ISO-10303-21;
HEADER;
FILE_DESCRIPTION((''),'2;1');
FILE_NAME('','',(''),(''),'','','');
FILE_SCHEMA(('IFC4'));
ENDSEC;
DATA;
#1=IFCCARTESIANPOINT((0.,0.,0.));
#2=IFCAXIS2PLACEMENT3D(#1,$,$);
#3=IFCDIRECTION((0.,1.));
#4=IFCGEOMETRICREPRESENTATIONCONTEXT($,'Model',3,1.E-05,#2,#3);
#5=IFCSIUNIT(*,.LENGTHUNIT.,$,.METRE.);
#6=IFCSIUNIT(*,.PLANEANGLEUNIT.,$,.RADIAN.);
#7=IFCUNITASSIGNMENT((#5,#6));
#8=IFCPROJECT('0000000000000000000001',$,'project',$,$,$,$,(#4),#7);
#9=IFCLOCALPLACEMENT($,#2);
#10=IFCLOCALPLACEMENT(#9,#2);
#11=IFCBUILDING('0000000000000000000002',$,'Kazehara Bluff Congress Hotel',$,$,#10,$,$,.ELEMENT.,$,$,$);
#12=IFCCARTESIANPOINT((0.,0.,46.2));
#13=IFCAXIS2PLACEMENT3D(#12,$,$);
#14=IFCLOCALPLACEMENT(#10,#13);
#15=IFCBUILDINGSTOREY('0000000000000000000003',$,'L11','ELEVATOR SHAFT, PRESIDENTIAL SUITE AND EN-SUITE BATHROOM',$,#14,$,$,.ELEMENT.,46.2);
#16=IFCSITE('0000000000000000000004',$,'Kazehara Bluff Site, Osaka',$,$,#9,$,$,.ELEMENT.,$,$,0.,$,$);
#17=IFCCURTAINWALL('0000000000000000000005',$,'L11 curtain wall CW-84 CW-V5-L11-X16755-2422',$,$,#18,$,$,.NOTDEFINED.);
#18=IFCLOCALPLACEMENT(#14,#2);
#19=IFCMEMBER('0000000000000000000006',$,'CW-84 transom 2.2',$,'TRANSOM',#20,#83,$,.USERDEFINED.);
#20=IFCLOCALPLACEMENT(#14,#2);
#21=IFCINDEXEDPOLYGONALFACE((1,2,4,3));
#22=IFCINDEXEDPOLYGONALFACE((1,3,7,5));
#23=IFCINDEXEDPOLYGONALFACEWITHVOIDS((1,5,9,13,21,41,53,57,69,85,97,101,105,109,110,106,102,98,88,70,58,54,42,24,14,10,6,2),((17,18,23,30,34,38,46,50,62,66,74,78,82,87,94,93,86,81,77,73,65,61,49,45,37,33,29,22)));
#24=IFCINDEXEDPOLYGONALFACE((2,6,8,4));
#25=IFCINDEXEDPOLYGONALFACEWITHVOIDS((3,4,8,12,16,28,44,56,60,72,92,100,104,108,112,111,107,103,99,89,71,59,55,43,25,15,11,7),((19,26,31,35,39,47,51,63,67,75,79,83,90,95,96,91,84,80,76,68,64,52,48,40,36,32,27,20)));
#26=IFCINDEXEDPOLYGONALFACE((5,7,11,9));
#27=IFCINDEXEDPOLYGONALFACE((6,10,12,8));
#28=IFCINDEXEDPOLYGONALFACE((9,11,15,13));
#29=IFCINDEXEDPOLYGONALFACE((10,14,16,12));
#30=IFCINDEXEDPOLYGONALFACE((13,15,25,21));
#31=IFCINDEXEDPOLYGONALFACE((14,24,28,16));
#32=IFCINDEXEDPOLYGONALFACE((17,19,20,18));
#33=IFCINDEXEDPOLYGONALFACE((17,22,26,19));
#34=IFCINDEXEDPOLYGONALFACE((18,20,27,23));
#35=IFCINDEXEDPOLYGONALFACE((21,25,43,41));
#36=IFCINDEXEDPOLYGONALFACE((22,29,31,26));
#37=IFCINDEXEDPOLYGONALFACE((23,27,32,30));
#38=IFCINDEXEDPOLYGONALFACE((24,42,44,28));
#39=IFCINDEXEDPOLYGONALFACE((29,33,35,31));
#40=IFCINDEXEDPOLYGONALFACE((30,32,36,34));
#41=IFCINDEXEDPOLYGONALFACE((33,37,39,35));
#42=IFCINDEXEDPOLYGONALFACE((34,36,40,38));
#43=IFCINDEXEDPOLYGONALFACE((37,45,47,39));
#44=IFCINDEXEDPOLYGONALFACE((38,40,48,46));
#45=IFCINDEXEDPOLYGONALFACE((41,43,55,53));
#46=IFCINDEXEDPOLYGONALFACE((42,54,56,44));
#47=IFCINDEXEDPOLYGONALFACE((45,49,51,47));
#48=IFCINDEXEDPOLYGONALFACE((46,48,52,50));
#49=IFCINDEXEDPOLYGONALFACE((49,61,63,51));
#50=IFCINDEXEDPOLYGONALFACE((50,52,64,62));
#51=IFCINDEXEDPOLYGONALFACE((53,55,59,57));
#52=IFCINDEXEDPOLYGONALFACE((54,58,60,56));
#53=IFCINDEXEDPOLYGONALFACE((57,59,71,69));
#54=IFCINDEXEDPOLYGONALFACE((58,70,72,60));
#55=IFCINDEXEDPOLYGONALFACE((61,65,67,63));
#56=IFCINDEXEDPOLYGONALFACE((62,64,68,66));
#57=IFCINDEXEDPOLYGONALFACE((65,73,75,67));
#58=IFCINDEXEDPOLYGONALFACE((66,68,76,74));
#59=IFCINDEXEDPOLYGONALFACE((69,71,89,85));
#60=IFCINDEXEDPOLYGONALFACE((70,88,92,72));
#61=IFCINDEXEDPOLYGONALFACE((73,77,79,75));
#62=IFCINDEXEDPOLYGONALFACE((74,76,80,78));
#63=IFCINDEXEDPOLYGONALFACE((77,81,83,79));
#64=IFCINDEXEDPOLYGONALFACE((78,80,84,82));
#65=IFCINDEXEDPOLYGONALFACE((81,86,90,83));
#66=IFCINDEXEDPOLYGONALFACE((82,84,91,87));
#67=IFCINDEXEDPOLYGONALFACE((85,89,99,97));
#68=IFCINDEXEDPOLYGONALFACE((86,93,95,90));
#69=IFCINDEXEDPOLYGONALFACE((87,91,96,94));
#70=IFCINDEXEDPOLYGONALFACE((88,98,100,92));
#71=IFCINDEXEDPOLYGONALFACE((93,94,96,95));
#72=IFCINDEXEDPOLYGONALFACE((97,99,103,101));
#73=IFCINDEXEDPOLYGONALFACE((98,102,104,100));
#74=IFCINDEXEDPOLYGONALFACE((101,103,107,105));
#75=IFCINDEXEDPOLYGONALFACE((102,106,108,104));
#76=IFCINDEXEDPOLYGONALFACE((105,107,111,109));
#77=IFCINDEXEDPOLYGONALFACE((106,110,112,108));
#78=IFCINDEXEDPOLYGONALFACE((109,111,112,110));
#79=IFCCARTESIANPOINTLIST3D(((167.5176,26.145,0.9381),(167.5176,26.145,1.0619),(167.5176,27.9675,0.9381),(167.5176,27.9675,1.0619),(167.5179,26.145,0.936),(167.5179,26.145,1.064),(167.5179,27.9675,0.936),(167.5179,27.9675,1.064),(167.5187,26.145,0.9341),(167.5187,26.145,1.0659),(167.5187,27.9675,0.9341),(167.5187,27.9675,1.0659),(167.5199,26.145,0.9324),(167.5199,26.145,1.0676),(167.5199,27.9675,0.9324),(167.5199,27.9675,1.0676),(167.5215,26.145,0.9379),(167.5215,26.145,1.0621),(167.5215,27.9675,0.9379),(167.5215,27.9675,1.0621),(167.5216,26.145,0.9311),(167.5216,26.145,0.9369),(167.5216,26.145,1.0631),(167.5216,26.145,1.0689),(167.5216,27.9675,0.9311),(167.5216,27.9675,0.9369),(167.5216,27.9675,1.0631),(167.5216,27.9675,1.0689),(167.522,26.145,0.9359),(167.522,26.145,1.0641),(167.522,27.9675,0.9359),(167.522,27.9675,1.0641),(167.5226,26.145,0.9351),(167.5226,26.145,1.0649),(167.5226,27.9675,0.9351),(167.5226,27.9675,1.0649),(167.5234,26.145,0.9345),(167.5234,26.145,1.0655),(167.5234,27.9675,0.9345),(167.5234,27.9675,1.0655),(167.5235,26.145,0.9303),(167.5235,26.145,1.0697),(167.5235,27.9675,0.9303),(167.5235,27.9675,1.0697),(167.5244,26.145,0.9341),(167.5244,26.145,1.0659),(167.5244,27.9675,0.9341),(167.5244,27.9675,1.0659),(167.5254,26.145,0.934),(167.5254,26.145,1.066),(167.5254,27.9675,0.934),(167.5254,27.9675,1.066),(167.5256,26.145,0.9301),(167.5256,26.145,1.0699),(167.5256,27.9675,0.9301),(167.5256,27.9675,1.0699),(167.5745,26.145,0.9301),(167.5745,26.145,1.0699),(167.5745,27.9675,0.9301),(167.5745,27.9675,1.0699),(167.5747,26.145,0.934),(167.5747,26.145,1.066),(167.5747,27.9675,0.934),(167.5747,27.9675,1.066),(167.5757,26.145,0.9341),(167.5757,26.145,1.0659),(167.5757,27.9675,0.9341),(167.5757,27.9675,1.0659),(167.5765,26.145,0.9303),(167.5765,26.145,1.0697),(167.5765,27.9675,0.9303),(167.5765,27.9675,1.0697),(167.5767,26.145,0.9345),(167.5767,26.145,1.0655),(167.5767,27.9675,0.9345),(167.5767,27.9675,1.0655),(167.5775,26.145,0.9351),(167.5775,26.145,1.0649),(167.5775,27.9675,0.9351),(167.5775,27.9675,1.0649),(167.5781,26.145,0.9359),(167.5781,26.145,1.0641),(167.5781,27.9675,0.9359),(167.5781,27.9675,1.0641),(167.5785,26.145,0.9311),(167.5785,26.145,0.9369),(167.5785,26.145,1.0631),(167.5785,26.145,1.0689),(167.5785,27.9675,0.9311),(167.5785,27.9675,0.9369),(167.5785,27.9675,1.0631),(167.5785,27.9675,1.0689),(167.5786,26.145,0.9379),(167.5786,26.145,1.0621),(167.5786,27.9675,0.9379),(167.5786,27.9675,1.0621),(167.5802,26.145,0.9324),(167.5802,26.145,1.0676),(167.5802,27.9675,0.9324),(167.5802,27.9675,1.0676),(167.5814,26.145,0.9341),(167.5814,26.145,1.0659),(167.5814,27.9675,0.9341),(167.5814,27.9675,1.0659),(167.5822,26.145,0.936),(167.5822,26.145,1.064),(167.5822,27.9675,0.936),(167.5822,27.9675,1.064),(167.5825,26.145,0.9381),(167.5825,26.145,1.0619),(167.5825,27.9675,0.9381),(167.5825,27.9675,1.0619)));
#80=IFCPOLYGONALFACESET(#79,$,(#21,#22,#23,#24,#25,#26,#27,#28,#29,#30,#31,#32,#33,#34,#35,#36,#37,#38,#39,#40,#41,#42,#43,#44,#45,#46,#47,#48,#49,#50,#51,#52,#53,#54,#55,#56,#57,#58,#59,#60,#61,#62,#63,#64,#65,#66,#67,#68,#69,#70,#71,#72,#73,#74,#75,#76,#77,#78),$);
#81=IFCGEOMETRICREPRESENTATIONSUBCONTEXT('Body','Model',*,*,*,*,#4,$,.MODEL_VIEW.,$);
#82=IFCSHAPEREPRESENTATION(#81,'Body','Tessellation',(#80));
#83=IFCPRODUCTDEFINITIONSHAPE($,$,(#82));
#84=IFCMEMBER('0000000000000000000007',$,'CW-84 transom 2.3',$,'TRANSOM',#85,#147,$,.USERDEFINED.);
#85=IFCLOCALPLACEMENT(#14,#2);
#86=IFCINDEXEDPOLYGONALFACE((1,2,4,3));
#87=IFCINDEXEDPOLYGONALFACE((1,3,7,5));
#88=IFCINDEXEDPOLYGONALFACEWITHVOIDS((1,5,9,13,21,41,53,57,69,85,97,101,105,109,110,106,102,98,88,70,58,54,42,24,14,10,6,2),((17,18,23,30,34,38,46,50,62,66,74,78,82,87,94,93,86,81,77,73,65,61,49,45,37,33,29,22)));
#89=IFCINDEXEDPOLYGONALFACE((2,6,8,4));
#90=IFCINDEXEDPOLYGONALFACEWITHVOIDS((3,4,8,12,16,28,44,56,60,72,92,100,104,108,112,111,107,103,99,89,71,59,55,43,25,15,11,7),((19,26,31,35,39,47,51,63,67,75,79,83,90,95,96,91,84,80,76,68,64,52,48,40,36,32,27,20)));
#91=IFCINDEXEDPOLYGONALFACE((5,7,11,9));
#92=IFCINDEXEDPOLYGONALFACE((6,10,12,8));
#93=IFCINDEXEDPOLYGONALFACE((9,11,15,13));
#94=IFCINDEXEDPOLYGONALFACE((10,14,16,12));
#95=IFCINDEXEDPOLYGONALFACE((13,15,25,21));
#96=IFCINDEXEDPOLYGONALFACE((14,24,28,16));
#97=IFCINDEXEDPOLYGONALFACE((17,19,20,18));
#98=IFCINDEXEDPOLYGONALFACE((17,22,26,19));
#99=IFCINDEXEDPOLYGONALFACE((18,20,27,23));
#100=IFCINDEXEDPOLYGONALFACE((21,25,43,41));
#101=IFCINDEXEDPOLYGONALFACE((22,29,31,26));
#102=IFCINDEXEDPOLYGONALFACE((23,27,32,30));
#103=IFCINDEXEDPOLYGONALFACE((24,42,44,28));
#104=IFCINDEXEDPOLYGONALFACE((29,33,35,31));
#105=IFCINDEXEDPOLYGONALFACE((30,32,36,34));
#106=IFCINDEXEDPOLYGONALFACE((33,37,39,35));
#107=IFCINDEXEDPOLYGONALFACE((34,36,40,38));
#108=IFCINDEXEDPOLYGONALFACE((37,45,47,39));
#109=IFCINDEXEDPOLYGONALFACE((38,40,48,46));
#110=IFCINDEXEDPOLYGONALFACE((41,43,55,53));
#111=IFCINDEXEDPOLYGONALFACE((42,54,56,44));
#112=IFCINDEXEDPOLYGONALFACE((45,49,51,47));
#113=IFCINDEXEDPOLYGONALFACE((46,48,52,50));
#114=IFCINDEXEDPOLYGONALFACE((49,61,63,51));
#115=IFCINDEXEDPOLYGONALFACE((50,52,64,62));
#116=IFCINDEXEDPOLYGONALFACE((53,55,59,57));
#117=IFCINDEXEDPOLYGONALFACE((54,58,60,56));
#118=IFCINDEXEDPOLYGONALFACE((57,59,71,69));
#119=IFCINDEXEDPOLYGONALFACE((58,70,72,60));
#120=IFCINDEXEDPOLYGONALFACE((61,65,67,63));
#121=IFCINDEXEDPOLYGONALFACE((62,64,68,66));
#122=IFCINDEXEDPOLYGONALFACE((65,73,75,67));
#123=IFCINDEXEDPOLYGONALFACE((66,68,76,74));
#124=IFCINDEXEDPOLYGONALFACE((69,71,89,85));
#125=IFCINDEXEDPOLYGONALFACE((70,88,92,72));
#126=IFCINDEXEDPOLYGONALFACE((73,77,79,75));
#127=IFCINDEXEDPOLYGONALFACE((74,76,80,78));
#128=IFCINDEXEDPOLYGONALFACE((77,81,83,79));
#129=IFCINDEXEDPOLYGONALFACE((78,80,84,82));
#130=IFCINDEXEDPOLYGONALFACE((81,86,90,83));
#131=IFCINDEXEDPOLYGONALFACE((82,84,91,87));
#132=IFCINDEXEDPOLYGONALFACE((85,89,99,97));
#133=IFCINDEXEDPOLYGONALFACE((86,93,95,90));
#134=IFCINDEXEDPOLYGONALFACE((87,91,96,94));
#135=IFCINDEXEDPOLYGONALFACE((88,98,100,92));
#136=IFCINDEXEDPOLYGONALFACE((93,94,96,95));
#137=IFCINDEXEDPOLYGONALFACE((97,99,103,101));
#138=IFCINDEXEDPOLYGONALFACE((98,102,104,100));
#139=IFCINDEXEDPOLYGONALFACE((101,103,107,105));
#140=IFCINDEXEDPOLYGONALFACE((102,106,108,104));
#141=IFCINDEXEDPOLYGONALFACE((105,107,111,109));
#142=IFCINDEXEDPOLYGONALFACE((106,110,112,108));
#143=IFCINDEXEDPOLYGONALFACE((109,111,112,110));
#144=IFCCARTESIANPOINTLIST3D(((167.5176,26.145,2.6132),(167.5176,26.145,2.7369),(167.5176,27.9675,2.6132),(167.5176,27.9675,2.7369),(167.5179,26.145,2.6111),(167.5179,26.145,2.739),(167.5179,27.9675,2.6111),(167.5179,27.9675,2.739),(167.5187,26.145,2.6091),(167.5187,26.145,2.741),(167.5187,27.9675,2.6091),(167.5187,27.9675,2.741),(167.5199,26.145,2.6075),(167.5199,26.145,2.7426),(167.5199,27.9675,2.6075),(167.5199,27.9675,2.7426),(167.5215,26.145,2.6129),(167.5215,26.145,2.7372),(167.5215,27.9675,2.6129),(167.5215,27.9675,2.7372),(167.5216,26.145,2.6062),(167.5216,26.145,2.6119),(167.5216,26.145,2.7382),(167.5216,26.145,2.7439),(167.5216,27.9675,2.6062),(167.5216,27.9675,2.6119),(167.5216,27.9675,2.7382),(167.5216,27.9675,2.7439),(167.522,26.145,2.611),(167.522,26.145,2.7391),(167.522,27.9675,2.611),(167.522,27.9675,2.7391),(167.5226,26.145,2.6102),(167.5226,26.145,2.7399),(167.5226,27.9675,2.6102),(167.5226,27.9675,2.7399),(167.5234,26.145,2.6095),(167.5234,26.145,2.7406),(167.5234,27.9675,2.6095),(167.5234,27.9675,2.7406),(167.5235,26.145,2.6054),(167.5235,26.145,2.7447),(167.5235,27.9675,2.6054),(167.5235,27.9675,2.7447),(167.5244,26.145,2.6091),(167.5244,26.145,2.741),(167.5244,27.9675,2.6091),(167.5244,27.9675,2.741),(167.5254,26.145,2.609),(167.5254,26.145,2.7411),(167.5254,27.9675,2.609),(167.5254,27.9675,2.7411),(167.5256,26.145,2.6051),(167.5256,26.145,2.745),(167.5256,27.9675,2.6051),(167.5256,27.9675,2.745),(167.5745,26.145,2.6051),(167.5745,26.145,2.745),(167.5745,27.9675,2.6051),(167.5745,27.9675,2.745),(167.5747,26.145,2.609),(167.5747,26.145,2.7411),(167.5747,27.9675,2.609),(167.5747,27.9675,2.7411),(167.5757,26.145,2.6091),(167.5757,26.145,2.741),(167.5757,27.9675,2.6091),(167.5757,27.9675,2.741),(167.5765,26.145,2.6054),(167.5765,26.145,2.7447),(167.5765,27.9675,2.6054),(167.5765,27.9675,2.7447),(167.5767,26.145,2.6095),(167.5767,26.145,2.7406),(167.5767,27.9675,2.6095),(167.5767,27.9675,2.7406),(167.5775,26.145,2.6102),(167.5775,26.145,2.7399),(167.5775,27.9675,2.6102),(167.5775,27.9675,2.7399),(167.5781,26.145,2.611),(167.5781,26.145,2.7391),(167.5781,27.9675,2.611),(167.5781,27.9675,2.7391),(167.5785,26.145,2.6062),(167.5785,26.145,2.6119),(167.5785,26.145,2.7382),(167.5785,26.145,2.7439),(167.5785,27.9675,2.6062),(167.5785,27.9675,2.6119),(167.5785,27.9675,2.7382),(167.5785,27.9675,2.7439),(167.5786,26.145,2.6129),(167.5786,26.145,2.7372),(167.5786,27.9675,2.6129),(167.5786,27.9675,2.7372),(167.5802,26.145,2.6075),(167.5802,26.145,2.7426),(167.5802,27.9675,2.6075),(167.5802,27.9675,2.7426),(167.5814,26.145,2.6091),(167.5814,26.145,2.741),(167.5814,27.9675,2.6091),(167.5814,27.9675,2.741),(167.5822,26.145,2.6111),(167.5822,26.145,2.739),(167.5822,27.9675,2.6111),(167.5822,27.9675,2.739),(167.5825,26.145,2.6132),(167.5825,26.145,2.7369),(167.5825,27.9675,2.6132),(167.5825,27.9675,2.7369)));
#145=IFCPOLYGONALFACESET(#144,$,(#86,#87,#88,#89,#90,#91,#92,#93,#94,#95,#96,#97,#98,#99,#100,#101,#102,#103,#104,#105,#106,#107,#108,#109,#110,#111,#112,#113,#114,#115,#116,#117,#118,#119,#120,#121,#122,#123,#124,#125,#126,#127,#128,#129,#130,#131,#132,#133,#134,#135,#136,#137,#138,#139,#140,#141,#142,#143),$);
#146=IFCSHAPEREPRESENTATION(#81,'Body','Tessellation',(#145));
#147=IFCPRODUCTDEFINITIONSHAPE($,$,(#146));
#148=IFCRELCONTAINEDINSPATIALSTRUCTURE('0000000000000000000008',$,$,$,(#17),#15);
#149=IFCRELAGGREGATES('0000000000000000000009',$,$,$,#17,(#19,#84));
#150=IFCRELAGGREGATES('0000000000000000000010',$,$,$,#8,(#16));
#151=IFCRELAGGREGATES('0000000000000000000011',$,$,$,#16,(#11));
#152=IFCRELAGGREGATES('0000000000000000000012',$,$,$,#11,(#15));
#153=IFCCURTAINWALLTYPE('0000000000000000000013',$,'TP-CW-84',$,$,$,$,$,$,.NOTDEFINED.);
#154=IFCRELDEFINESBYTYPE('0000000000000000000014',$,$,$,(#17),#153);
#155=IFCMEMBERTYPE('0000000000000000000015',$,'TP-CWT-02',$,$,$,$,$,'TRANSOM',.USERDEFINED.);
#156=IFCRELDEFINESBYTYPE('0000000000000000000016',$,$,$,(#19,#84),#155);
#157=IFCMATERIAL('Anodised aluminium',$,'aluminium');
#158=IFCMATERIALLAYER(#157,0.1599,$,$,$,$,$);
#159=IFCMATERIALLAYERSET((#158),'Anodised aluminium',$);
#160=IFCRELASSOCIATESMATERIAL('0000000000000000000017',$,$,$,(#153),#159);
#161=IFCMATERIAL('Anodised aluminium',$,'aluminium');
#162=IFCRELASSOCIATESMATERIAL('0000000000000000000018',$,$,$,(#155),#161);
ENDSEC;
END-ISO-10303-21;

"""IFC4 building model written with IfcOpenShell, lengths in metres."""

from ifc_helpers import new_model, si_unit, direction, frame, origin, origin_2d, place, context, subcontext, project, spatial, hollow_rectangle, extrude, material, layer, layer_set, material_profile, profile_set, type_object, element, aggregate, save


model = new_model("IFC4")

# Units and contexts
model_context = context("Model", 3, precision=1e-05, world=origin(), true_north=direction((0.0, 1.0)))
body_context = subcontext(model_context, "Body", "Model", "MODEL_VIEW")
ifc_project = project(units=[si_unit("LENGTHUNIT", "METRE"), si_unit("PLANEANGLEUNIT", "RADIAN")], contexts=[model_context])

# Site, building, storey
site_placement = place(None, origin())
site = spatial("IfcSite", under=ifc_project, at=site_placement, Name="Kazehara Bluff Site, Osaka", CompositionType="ELEMENT", RefElevation=0.0)
building_placement = place(site_placement, origin())
building = spatial("IfcBuilding", under=site, at=building_placement, Name="Kazehara Bluff Congress Hotel", CompositionType="ELEMENT")
storey_placement = place(building_placement, frame((0.0, 0.0, 46.2)))
storey = spatial("IfcBuildingStorey", under=building, at=storey_placement, Name="L11", Description="ELEVATOR SHAFT, PRESIDENTIAL SUITE AND EN-SUITE BATHROOM", CompositionType="ELEMENT", Elevation=46.2)

# Curtain wall, members
ifc_material_1 = material(Name="Anodised aluminium", Category="aluminium")
ifc_layer_1 = layer(ifc_material_1, 0.1599)
ifc_layer_set_1 = layer_set([ifc_layer_1], Name="Anodised aluminium")
curtain_wall_type = type_object("IfcCurtainWallType", Name="TP-CW-84", PredefinedType="NOTDEFINED", material=ifc_layer_set_1)
curtain_wall_placement = place(storey_placement, origin())
curtain_wall = element("IfcCurtainWall", 1, at=curtain_wall_placement, inside=storey, type_object=curtain_wall_type, Name="L11 curtain wall CW-84 CW-V5-L11-X16755-2422", PredefinedType="NOTDEFINED")
ifc_material_2 = material(Name="Anodised aluminium", Category="aluminium")
ifc_material_profile_1 = material_profile(ifc_material_2, hollow_rectangle(XDim=0.0649, YDim=0.1399, WallThickness=0.0039, InnerFilletRadius=0.0039, OuterFilletRadius=0.0081, at=origin_2d()))
ifc_profile_set_1 = profile_set([ifc_material_profile_1], Name="Anodised aluminium")
member_type_1 = type_object("IfcMemberType", Name="TP-CWT-02", ElementType="TRANSOM", PredefinedType="USERDEFINED", material=ifc_profile_set_1)
member_1_placement = place(storey_placement, frame((167.55, 26.145, 1.0), z_axis=(0.0, 1.0, 0.0), x_axis=(-1.0, 0.0, 0.0)))
member_1 = element("IfcMember", 2, at=member_1_placement, type_object=member_type_1, Name="CW-84 transom 2.2", ObjectType="TRANSOM", PredefinedType="USERDEFINED", context=body_context, shape_type="SweptSolid", body=[
    extrude(hollow_rectangle(XDim=0.0649, YDim=0.1399, WallThickness=0.0039, InnerFilletRadius=0.0039, OuterFilletRadius=0.0081, at=origin_2d()), origin(), (0.0, 0.0, 1.0), 1.8225),
])
member_2_placement = place(storey_placement, frame((167.55, 26.145, 2.675), z_axis=(0.0, 1.0, 0.0), x_axis=(-1.0, 0.0, 0.0)))
member_2 = element("IfcMember", 3, at=member_2_placement, type_object=member_type_1, Name="CW-84 transom 2.3", ObjectType="TRANSOM", PredefinedType="USERDEFINED", context=body_context, shape_type="SweptSolid", body=[
    extrude(hollow_rectangle(XDim=0.0649, YDim=0.1399, WallThickness=0.0039, InnerFilletRadius=0.0039, OuterFilletRadius=0.0081, at=origin_2d()), origin(), (0.0, 0.0, 1.0), 1.8225),
])

aggregate(curtain_wall, [member_1, member_2])

save(model, "model.ifc")
